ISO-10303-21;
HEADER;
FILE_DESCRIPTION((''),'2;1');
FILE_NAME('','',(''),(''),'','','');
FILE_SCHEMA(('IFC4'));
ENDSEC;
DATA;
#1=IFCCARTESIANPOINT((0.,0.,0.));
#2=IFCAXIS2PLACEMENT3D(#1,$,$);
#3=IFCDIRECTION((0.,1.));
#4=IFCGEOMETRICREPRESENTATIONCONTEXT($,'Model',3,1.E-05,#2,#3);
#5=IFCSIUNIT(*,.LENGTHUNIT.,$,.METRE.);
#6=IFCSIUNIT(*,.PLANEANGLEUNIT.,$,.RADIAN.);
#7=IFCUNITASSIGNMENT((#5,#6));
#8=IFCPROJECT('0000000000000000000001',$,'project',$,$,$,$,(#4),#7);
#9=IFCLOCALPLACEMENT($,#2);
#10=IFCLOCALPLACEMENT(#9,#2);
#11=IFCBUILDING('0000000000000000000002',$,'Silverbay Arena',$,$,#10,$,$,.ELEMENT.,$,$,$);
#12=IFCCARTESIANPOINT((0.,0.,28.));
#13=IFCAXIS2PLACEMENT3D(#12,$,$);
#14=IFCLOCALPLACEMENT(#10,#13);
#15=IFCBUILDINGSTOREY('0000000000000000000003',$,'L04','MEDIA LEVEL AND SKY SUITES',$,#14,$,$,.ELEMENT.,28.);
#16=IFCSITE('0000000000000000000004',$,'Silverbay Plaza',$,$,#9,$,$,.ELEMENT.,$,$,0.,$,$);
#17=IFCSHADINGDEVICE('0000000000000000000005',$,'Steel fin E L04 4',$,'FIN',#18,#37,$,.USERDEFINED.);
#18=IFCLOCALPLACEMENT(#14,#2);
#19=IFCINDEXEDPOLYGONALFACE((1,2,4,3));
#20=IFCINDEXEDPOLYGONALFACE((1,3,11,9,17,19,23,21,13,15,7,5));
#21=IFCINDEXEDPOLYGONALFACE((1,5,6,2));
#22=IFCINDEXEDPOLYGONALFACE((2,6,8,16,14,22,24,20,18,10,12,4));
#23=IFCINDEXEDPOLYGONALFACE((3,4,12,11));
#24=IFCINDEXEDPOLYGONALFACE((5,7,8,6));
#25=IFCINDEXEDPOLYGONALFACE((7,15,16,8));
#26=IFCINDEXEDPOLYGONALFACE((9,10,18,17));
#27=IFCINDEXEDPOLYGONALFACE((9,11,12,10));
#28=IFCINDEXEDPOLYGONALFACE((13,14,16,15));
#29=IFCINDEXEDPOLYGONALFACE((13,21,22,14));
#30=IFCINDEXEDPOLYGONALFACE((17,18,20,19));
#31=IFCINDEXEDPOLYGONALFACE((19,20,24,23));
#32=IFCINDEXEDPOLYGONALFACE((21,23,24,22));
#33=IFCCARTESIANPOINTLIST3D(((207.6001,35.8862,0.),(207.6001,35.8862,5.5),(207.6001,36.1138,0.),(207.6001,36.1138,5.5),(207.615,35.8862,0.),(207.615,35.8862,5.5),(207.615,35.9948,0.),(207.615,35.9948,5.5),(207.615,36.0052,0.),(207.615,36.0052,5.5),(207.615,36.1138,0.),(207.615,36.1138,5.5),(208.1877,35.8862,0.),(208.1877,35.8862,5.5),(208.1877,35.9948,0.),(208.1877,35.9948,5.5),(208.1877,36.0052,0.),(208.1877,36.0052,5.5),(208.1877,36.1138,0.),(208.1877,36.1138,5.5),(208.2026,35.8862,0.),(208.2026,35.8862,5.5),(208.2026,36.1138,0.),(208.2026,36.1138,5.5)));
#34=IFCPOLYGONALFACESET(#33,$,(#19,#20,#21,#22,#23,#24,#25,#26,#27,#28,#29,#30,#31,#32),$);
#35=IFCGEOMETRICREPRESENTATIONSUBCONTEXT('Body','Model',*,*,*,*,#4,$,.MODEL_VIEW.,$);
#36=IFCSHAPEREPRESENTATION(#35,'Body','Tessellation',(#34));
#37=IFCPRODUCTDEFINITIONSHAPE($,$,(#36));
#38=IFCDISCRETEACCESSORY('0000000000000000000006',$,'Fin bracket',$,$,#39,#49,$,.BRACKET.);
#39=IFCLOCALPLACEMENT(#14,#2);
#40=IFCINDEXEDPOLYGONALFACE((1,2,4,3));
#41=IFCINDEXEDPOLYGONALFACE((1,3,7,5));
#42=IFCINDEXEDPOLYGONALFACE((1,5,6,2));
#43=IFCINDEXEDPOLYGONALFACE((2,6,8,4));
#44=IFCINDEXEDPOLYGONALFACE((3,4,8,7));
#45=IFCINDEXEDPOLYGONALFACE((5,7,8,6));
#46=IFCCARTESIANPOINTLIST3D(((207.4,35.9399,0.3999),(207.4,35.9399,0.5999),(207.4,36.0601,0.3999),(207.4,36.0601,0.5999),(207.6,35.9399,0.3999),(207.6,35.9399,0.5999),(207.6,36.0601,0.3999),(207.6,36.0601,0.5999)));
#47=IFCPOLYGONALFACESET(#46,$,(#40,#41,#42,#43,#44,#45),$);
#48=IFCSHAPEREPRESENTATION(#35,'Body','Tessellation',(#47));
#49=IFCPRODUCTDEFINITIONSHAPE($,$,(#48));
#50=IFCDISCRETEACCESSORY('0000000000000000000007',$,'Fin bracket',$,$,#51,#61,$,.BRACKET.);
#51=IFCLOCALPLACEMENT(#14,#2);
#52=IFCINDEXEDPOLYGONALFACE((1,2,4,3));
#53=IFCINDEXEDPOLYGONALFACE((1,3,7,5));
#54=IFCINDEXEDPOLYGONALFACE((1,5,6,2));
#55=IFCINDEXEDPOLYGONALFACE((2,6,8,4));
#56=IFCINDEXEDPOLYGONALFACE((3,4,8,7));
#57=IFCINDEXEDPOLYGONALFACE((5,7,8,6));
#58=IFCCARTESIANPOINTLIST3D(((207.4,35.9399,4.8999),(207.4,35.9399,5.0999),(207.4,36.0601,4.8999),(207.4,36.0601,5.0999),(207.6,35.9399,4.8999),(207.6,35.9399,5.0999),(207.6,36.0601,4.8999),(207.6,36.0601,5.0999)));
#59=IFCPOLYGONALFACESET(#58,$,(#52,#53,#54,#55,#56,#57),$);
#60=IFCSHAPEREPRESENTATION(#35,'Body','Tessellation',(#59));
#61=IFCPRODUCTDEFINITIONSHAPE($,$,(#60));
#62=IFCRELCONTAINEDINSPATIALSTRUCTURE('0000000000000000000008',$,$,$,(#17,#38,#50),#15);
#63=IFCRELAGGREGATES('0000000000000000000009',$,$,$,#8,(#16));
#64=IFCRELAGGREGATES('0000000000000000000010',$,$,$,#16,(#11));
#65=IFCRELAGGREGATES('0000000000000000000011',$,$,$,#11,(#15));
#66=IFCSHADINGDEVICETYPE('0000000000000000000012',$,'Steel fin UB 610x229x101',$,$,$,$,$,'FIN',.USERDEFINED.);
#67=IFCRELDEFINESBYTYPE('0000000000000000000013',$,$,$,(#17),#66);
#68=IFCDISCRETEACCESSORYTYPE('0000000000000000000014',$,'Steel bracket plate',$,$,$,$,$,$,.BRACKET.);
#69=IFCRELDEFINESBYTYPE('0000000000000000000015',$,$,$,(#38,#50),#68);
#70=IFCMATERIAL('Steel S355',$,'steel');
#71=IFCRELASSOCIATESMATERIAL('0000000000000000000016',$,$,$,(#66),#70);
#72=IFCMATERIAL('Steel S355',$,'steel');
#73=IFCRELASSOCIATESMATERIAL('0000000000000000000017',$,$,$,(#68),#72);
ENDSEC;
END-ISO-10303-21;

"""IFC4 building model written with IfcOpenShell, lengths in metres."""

from ifc_helpers import new_model, si_unit, direction, frame, origin, origin_2d, place, context, subcontext, project, spatial, rectangle, i_section, extrude, material, material_profile, profile_set, type_object, element, save


model = new_model("IFC4")

# Units and contexts
model_context = context("Model", 3, precision=1e-05, world=origin(), true_north=direction((0.0, 1.0)))
body_context = subcontext(model_context, "Body", "Model", "MODEL_VIEW")
ifc_project = project(units=[si_unit("LENGTHUNIT", "METRE"), si_unit("PLANEANGLEUNIT", "RADIAN")], contexts=[model_context])

# Site, building, storey
site_placement = place(None, origin())
site = spatial("IfcSite", under=ifc_project, at=site_placement, Name="Silverbay Plaza", CompositionType="ELEMENT", RefElevation=0.0)
building_placement = place(site_placement, origin())
building = spatial("IfcBuilding", under=site, at=building_placement, Name="Silverbay Arena", CompositionType="ELEMENT")
storey_placement = place(building_placement, frame((0.0, 0.0, 28.0)))
storey = spatial("IfcBuildingStorey", under=building, at=storey_placement, Name="L04", Description="MEDIA LEVEL AND SKY SUITES", CompositionType="ELEMENT", Elevation=28.0)

# Shading device
ifc_material_1 = material(Name="Steel S355", Category="steel")
ifc_material_profile_1 = material_profile(ifc_material_1, i_section(OverallWidth=0.2275, OverallDepth=0.6025, WebThickness=0.0105, FlangeThickness=0.0149, at=origin_2d()), Name="UB 610x229x101")
ifc_profile_set_1 = profile_set([ifc_material_profile_1], Name="Steel S355")
shading_device_type = type_object("IfcShadingDeviceType", Name="Steel fin UB 610x229x101", ElementType="FIN", PredefinedType="USERDEFINED", material=ifc_profile_set_1)
shading_device_placement = place(storey_placement, frame((207.9014, 36.0, 0.0), z_axis=(0.0, 0.0, 1.0), x_axis=(0.0, 1.0, 0.0)))
element("IfcShadingDevice", 1, at=shading_device_placement, inside=storey, type_object=shading_device_type, Name="Steel fin E L04 4", ObjectType="FIN", PredefinedType="USERDEFINED", context=body_context, shape_type="SweptSolid", body=[
    extrude(i_section(OverallWidth=0.2275, OverallDepth=0.6025, WebThickness=0.0105, FlangeThickness=0.0149, at=origin_2d()), origin(), (0.0, 0.0, 1.0), 5.5),
])

# Discrete accessories
ifc_material_2 = material(Name="Steel S355", Category="steel")
discrete_accessory_type = type_object("IfcDiscreteAccessoryType", Name="Steel bracket plate", PredefinedType="BRACKET", material=ifc_material_2)
for number, where, z_axis, x_axis, name in (
    (2, (207.5, 36.0, 0.3999), (0.0, 0.0, 1.0), (1.0, 0.0, 0.0), "Fin bracket"),
    (3, (207.5, 36.0, 4.8999), (0.0, 0.0, 1.0), (1.0, 0.0, 0.0), "Fin bracket"),
):
    element("IfcDiscreteAccessory", number, at=place(storey_placement, frame(where, z_axis=z_axis, x_axis=x_axis)), inside=storey, type_object=discrete_accessory_type, Name=name, PredefinedType="BRACKET", context=body_context, shape_type="SweptSolid", body=[
        extrude(rectangle(XDim=0.2, YDim=0.1201, at=origin_2d()), origin(), (0.0, 0.0, 1.0), 0.2),
    ])

save(model, "model.ifc")
